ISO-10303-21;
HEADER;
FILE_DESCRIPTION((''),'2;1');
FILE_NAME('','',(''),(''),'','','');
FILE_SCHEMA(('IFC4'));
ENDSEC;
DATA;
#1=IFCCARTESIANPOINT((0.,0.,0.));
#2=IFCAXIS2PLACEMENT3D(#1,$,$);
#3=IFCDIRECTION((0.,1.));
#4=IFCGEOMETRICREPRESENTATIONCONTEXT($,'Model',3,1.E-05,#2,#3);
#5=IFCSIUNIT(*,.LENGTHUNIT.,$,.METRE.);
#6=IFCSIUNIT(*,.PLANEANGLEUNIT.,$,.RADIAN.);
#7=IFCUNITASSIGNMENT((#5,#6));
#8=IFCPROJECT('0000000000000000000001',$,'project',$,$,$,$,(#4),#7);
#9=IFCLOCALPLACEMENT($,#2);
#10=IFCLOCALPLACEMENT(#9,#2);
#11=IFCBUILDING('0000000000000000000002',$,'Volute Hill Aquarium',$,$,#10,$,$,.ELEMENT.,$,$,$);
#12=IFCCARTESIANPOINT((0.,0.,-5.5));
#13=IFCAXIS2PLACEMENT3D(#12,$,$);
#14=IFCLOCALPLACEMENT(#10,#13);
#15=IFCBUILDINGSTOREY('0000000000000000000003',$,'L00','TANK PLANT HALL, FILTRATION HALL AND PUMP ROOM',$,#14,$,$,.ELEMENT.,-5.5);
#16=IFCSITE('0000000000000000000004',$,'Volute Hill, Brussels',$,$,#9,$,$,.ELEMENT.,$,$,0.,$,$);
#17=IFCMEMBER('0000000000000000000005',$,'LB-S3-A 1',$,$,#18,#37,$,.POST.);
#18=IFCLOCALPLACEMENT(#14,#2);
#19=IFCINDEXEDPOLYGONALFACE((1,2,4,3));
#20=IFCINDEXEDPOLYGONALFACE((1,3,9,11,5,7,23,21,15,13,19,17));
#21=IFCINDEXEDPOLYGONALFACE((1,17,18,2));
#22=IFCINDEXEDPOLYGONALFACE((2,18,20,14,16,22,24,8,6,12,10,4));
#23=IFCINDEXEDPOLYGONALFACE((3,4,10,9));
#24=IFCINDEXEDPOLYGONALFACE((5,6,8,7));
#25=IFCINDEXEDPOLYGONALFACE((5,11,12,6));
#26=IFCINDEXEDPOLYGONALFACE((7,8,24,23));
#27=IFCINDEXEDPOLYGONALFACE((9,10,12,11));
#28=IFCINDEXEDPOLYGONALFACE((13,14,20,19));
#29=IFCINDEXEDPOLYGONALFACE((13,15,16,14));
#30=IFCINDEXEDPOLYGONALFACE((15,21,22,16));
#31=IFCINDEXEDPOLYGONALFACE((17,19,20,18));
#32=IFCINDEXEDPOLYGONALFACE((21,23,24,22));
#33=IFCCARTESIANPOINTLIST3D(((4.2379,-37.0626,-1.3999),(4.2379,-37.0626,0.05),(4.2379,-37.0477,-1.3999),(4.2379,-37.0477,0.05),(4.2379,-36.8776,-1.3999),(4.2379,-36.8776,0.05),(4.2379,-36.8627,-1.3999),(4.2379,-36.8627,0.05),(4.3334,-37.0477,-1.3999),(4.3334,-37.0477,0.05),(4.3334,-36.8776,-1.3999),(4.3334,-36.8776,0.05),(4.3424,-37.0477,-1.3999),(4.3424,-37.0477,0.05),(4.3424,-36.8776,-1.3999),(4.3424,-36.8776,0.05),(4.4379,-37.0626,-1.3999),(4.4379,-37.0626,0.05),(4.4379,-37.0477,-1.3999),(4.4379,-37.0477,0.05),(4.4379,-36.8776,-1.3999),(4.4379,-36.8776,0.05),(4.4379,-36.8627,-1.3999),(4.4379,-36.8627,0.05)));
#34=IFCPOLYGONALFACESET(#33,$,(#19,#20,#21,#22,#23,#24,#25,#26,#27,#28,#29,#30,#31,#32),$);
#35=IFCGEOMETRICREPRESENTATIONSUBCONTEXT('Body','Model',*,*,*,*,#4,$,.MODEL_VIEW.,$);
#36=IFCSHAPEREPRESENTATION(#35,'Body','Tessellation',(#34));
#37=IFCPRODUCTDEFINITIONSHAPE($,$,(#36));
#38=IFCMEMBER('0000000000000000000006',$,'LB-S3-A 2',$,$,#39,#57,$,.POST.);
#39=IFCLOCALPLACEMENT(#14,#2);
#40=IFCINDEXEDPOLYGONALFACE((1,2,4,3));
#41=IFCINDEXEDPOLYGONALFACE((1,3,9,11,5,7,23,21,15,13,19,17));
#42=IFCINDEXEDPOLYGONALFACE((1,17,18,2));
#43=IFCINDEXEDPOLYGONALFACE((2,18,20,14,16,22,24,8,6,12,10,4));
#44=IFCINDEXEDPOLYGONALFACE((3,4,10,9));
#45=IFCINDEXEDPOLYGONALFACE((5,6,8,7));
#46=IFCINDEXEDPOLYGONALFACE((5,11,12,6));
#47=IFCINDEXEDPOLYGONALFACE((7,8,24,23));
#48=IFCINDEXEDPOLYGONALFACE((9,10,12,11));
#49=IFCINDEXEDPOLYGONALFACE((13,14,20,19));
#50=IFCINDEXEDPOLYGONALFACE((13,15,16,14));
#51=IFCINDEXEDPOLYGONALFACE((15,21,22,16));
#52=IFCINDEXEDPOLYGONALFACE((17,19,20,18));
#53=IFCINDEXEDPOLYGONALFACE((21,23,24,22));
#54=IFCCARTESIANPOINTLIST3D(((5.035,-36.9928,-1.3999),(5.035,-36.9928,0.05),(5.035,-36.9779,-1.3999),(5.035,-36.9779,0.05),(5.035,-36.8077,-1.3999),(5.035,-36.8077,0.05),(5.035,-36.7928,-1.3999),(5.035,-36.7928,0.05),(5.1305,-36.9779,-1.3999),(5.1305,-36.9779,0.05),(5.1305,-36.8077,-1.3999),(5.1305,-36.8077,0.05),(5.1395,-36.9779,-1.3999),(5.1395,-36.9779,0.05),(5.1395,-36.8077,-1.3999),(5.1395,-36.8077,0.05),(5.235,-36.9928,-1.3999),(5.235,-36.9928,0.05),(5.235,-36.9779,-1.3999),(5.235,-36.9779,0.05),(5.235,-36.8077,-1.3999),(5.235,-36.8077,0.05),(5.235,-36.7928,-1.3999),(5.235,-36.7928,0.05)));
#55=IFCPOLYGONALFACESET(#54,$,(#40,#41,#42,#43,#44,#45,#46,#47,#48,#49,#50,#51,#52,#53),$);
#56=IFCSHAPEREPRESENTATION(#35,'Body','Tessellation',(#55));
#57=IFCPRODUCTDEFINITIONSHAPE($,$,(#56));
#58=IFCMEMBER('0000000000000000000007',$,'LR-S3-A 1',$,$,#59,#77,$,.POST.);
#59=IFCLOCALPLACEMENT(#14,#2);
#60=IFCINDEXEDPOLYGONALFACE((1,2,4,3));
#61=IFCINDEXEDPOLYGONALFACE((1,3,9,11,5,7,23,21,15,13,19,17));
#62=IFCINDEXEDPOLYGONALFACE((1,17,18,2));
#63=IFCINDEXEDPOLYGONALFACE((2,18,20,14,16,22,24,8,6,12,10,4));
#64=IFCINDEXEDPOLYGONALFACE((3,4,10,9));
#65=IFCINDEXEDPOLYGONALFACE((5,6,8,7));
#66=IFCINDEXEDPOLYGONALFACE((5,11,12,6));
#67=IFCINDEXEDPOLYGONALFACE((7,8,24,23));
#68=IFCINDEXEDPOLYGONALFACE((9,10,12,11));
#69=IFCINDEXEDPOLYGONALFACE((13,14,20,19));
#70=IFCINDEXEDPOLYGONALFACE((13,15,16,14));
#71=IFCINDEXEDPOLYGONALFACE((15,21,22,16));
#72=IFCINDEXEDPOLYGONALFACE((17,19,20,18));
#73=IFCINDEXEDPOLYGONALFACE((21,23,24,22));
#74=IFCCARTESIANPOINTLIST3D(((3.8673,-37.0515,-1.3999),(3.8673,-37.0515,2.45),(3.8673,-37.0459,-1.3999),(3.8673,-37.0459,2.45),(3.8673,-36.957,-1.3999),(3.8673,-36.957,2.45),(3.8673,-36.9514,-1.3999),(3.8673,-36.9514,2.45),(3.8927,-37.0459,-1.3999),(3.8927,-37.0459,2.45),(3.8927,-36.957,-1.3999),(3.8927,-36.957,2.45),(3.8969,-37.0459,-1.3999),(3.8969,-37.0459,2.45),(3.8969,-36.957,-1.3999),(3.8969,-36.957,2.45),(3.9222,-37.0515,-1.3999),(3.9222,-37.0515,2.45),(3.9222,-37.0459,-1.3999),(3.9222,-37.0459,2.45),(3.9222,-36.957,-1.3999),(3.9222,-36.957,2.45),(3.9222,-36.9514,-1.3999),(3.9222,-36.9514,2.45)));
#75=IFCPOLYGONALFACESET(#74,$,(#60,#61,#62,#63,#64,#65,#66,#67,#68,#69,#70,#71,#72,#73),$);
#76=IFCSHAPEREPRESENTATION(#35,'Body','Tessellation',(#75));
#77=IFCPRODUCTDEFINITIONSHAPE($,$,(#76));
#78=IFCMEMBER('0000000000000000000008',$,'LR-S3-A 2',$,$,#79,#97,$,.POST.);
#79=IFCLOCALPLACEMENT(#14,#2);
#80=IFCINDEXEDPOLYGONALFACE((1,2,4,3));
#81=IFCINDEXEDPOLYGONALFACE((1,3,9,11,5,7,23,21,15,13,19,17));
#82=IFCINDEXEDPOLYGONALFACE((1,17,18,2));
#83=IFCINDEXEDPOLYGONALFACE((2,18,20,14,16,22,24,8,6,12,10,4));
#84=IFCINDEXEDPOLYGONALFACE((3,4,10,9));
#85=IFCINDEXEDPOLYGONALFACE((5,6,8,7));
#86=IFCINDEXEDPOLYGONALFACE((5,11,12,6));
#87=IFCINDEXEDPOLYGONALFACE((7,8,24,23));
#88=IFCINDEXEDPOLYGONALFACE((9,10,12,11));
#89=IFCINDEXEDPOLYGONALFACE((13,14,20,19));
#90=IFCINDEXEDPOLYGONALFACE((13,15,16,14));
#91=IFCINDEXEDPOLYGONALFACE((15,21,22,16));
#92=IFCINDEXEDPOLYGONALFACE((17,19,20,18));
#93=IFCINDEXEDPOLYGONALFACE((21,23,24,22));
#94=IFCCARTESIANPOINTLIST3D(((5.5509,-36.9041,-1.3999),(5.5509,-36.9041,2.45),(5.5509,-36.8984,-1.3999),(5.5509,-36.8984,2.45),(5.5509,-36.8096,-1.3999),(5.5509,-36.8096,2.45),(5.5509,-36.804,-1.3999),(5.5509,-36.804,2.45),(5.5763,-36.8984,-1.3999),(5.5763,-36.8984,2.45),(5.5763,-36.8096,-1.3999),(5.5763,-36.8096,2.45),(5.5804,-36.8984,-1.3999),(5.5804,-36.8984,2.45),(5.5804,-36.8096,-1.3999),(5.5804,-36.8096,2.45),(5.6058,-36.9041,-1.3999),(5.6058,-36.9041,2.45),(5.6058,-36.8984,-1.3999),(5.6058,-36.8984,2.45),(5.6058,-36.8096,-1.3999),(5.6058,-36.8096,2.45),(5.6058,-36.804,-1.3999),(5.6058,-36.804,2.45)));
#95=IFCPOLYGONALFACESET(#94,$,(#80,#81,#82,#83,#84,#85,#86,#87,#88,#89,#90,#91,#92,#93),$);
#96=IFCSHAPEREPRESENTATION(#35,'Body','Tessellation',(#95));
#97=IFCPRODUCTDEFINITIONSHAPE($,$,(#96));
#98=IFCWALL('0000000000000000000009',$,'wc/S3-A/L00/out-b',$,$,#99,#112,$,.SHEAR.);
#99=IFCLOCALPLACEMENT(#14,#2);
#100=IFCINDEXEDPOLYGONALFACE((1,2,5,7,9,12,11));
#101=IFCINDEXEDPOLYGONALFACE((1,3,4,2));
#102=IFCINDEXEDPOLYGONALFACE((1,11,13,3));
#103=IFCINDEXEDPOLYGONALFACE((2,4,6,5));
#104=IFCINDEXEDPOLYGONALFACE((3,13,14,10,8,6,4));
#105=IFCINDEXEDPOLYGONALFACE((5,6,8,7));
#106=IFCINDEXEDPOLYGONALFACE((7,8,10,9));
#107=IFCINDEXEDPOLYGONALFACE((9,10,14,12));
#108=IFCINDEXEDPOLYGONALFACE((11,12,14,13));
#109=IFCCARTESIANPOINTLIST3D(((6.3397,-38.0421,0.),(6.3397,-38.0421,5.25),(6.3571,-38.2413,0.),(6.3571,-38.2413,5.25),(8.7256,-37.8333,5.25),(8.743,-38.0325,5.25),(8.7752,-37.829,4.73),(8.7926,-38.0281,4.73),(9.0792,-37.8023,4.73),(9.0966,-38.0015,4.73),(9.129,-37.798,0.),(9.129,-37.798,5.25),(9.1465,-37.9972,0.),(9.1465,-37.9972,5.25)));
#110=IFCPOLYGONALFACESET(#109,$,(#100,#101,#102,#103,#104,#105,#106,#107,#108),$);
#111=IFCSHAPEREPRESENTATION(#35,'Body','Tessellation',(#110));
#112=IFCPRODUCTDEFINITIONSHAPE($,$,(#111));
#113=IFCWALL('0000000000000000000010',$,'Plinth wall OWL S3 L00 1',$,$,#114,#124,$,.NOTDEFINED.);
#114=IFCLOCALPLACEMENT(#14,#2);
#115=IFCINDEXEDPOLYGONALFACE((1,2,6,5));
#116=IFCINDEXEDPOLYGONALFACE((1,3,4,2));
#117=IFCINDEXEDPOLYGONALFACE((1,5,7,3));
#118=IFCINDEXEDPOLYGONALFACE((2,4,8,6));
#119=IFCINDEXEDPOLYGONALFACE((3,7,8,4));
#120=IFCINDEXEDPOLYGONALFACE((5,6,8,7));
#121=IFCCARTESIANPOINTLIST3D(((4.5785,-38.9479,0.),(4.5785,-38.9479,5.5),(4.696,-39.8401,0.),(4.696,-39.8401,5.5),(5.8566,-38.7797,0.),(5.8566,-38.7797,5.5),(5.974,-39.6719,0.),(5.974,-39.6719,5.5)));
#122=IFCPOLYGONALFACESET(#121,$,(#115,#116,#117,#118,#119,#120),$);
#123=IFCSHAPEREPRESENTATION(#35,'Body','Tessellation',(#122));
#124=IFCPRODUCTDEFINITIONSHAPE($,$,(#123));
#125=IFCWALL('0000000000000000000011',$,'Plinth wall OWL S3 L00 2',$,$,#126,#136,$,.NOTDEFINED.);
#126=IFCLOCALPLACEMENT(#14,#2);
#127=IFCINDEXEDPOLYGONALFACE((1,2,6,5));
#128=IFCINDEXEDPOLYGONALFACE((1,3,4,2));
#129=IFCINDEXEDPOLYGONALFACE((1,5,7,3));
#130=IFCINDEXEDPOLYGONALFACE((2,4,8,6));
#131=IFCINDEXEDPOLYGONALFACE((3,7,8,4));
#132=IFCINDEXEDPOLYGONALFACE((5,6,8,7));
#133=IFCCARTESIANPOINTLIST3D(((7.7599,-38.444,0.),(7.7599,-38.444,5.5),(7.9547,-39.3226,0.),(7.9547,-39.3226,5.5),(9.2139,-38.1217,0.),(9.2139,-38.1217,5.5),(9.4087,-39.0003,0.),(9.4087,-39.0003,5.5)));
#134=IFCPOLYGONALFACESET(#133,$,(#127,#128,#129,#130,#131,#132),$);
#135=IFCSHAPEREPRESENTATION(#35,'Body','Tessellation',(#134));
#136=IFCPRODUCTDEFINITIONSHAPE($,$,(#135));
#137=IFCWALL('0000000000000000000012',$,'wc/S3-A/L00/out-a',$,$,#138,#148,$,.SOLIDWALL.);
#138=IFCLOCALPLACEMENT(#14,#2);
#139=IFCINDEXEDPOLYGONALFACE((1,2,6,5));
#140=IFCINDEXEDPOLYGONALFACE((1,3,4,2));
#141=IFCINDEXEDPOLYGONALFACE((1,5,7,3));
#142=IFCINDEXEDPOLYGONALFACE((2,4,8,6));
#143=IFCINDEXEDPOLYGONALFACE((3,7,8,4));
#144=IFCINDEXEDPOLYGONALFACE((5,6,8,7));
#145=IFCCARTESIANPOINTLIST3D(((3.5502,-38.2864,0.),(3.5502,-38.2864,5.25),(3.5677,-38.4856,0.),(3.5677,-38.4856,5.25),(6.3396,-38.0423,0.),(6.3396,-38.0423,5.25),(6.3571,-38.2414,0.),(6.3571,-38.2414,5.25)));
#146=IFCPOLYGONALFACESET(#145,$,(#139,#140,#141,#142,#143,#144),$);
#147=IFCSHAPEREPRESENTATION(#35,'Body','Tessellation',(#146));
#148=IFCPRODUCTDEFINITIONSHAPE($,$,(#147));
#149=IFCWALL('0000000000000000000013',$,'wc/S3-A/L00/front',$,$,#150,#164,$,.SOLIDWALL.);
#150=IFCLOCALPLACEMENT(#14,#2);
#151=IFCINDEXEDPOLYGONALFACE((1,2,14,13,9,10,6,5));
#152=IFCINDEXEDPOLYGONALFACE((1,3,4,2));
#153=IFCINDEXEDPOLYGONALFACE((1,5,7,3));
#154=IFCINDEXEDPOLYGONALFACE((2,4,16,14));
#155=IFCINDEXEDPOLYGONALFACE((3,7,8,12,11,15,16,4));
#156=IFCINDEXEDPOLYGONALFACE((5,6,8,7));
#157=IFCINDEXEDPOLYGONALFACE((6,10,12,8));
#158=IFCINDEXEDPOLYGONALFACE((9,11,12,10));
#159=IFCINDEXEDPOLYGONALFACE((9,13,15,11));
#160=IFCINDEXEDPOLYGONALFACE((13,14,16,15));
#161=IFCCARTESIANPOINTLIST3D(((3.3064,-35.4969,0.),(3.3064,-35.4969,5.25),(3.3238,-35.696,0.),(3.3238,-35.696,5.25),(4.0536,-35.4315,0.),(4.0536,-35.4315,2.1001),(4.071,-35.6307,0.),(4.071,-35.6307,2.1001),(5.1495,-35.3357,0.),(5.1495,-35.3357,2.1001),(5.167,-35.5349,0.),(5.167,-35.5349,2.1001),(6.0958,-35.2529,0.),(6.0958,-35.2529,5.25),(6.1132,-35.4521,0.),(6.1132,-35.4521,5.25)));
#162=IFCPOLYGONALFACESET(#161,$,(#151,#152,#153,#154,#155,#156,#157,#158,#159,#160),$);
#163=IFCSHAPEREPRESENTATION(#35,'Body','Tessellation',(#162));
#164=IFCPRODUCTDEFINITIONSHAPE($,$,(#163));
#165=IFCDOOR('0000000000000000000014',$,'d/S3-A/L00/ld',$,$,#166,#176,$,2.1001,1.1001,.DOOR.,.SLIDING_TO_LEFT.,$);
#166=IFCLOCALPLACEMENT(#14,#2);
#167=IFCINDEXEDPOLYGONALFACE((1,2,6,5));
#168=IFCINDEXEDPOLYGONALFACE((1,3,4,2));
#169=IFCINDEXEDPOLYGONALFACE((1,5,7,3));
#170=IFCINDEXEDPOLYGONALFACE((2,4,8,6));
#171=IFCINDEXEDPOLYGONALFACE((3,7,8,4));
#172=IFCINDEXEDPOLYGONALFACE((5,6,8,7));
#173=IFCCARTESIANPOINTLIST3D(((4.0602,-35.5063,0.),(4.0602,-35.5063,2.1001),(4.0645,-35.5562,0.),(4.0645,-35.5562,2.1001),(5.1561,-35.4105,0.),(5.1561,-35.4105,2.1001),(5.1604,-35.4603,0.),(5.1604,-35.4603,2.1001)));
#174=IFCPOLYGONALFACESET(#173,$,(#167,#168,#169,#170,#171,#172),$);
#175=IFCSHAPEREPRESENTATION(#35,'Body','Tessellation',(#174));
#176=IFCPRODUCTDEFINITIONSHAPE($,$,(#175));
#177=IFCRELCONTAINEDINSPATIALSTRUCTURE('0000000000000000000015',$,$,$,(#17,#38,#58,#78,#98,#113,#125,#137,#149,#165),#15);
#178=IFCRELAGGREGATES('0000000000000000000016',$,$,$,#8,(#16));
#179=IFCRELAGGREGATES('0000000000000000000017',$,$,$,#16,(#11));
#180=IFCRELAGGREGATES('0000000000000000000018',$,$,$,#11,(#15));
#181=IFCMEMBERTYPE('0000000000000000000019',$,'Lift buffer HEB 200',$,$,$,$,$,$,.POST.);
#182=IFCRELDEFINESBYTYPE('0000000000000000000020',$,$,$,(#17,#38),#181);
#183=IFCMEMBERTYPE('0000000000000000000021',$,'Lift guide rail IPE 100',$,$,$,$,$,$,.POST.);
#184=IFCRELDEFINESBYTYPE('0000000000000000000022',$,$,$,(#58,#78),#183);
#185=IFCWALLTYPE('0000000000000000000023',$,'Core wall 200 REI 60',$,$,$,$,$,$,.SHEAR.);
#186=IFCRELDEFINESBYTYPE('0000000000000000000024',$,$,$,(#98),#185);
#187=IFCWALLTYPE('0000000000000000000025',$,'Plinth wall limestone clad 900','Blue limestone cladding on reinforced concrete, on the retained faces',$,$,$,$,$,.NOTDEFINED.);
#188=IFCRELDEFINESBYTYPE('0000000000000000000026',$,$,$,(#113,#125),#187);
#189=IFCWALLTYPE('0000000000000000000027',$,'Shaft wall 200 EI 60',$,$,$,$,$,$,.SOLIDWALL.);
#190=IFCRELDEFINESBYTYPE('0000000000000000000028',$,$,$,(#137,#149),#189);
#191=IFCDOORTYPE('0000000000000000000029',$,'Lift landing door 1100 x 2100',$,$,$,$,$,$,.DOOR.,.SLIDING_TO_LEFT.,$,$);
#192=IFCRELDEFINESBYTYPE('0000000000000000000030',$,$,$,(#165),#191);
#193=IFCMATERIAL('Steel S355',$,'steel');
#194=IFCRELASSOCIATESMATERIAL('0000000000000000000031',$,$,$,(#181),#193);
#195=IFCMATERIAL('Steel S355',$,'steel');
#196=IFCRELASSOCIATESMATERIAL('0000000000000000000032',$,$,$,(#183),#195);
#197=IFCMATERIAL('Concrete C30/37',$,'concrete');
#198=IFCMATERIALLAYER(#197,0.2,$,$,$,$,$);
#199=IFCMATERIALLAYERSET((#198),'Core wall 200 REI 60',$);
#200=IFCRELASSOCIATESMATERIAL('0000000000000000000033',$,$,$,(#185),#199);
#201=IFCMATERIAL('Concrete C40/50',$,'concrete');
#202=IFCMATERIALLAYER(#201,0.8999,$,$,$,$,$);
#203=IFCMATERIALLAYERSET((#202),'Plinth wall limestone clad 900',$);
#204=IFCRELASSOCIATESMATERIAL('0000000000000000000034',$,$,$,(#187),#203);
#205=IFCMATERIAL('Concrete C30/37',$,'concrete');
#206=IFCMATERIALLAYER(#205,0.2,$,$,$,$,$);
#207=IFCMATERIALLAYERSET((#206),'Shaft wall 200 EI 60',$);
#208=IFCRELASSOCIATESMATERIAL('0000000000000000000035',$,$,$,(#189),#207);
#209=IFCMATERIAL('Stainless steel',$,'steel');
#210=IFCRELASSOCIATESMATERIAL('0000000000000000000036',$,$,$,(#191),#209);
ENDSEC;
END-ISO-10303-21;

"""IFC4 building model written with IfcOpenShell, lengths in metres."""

from ifc_helpers import new_model, si_unit, direction, frame, frame_2d, origin, origin_2d, place, context, subcontext, project, spatial, polyline, rectangle, i_section, outline, extrude, material, layer, layer_set, material_profile, profile_set, type_object, element, fill, save


model = new_model("IFC4")

# Units and contexts
model_context = context("Model", 3, precision=1e-05, world=origin(), true_north=direction((0.0, 1.0)))
body_context = subcontext(model_context, "Body", "Model", "MODEL_VIEW")
ifc_project = project(units=[si_unit("LENGTHUNIT", "METRE"), si_unit("PLANEANGLEUNIT", "RADIAN")], contexts=[model_context])

# Site, building, storey
site_placement = place(None, origin())
site = spatial("IfcSite", under=ifc_project, at=site_placement, Name="Volute Hill, Brussels", CompositionType="ELEMENT", RefElevation=0.0)
building_placement = place(site_placement, origin())
building = spatial("IfcBuilding", under=site, at=building_placement, Name="Volute Hill Aquarium", CompositionType="ELEMENT")
storey_placement = place(building_placement, frame((0.0, 0.0, -5.5)))
storey = spatial("IfcBuildingStorey", under=building, at=storey_placement, Name="L00", Description="TANK PLANT HALL, FILTRATION HALL AND PUMP ROOM", CompositionType="ELEMENT", Elevation=-5.5)

# Members
ifc_material_1 = material(Name="Steel S355", Category="steel")
ifc_material_profile_1 = material_profile(ifc_material_1, i_section(OverallWidth=0.2, OverallDepth=0.2, WebThickness=0.009, FlangeThickness=0.0149, at=origin_2d()), Name="HEB 200")
ifc_profile_set_1 = profile_set([ifc_material_profile_1], Name="Steel S355")
member_type_1 = type_object("IfcMemberType", Name="Lift buffer HEB 200", PredefinedType="POST", material=ifc_profile_set_1)
for number, where, z_axis, x_axis, name in (
    (1, (4.3379, -36.9626, -1.3999), (0.0, 0.0, 1.0), (1.0, 0.0, 0.0), "LB-S3-A 1"),
    (2, (5.135, -36.8928, -1.3999), (0.0, 0.0, 1.0), (1.0, 0.0, 0.0), "LB-S3-A 2"),
):
    element("IfcMember", number, at=place(storey_placement, frame(where, z_axis=z_axis, x_axis=x_axis)), inside=storey, type_object=member_type_1, Name=name, PredefinedType="POST", context=body_context, shape_type="SweptSolid", body=[
        extrude(i_section(OverallWidth=0.2, OverallDepth=0.2, WebThickness=0.009, FlangeThickness=0.0149, at=origin_2d()), origin(), (0.0, 0.0, 1.0), 1.45),
    ])
ifc_material_2 = material(Name="Steel S355", Category="steel")
ifc_material_profile_2 = material_profile(ifc_material_2, i_section(OverallWidth=0.0549, OverallDepth=0.1001, WebThickness=0.0042, FlangeThickness=0.0056, at=origin_2d()), Name="IPE 100")
ifc_profile_set_2 = profile_set([ifc_material_profile_2], Name="Steel S355")
member_type_2 = type_object("IfcMemberType", Name="Lift guide rail IPE 100", PredefinedType="POST", material=ifc_profile_set_2)
for number, where, z_axis, x_axis, name in (
    (3, (3.8948, -37.0015, -1.3999), (0.0, 0.0, 1.0), (1.0, 0.0, 0.0), "LR-S3-A 1"),
    (4, (5.5784, -36.854, -1.3999), (0.0, 0.0, 1.0), (1.0, 0.0, 0.0), "LR-S3-A 2"),
):
    element("IfcMember", number, at=place(storey_placement, frame(where, z_axis=z_axis, x_axis=x_axis)), inside=storey, type_object=member_type_2, Name=name, PredefinedType="POST", context=body_context, shape_type="SweptSolid", body=[
        extrude(i_section(OverallWidth=0.0549, OverallDepth=0.1001, WebThickness=0.0042, FlangeThickness=0.0056, at=origin_2d()), origin(), (0.0, 0.0, 1.0), 3.8499),
    ])

# Walls
ifc_material_3 = material(Name="Concrete C30/37", Category="concrete")
ifc_layer_1 = layer(ifc_material_3, 0.2)
ifc_layer_set_1 = layer_set([ifc_layer_1], Name="Core wall 200 REI 60")
wall_type_1 = type_object("IfcWallType", Name="Core wall 200 REI 60", PredefinedType="SHEAR", material=ifc_layer_set_1)
wall_1_placement = place(storey_placement, frame((6.3484, -38.1418, 0.0), z_axis=(0.0, 0.0, 1.0), x_axis=(0.996191, 0.087194, 0.0)))
element("IfcWall", 5, at=wall_1_placement, inside=storey, type_object=wall_type_1, Name="wc/S3-A/L00/out-b", PredefinedType="SHEAR", context=body_context, shape_type="SweptSolid", body=[
    extrude(outline(polyline([(0.0, 0.0), (2.8, 0.0), (2.8, 5.25), (2.75, 4.73), (2.4448, 4.73), (2.395, 5.25), (0.0, 5.25), (0.0, 0.0)])), frame((0.0, 0.1001, 0.0), z_axis=(0.0, -1.0, 0.0), x_axis=(1.0, 0.0, 0.0)), (0.0, 0.0, 1.0), 0.2),
])
ifc_material_4 = material(Name="Concrete C40/50", Category="concrete")
ifc_layer_2 = layer(ifc_material_4, 0.8999)
ifc_layer_set_2 = layer_set([ifc_layer_2], Name="Plinth wall limestone clad 900")
wall_type_2 = type_object("IfcWallType", Name="Plinth wall limestone clad 900", Description="Blue limestone cladding on reinforced concrete, on the retained faces", PredefinedType="NOTDEFINED", material=ifc_layer_set_2)
wall_2_placement = place(storey_placement, frame((5.9153, -39.2258, 0.0), z_axis=(0.0, 0.0, 1.0), x_axis=(-0.99145, -0.130489, 0.0)))
element("IfcWall", 6, at=wall_2_placement, inside=storey, type_object=wall_type_2, Name="Plinth wall OWL S3 L00 1", PredefinedType="NOTDEFINED", context=body_context, shape_type="SweptSolid", body=[
    extrude(rectangle(XDim=1.2891, YDim=0.8999, at=frame_2d((0.6445, 0.0))), origin(), (0.0, 0.0, 1.0), 5.5),
])
wall_3_placement = place(storey_placement, frame((9.3113, -38.561, 0.0), z_axis=(0.0, 0.0, 1.0), x_axis=(-0.976303, -0.21641, 0.0)))
element("IfcWall", 7, at=wall_3_placement, inside=storey, type_object=wall_type_2, Name="Plinth wall OWL S3 L00 2", PredefinedType="NOTDEFINED", context=body_context, shape_type="SweptSolid", body=[
    extrude(rectangle(XDim=1.4893, YDim=0.8999, at=frame_2d((0.7446, 0.0))), origin(), (0.0, 0.0, 1.0), 5.5),
])
ifc_material_5 = material(Name="Concrete C30/37", Category="concrete")
ifc_layer_3 = layer(ifc_material_5, 0.2)
ifc_layer_set_3 = layer_set([ifc_layer_3], Name="Shaft wall 200 EI 60")
wall_type_3 = type_object("IfcWallType", Name="Shaft wall 200 EI 60", PredefinedType="SOLIDWALL", material=ifc_layer_set_3)
wall_4_placement = place(storey_placement, frame((3.5591, -38.386, 0.0), z_axis=(0.0, 0.0, 1.0), x_axis=(0.996191, 0.087194, 0.0)))
element("IfcWall", 8, at=wall_4_placement, inside=storey, type_object=wall_type_3, Name="wc/S3-A/L00/out-a", PredefinedType="SOLIDWALL", context=body_context, shape_type="SweptSolid", body=[
    extrude(rectangle(XDim=2.8, YDim=0.2, at=frame_2d((1.3999, 0.0))), origin(), (0.0, 0.0, 1.0), 5.25),
])

# Wall, opening, door
wall_5_placement = place(storey_placement, frame((3.3152, -35.5964, 0.0), z_axis=(0.0, 0.0, 1.0), x_axis=(0.996199, 0.087107, 0.0)))
wall_5 = element("IfcWall", 9, at=wall_5_placement, inside=storey, type_object=wall_type_3, Name="wc/S3-A/L00/front", PredefinedType="SOLIDWALL", context=body_context, shape_type="SweptSolid", body=[
    extrude(rectangle(XDim=2.8, YDim=0.2, at=frame_2d((1.3999, 0.0))), origin(), (0.0, 0.0, 1.0), 5.25),
])
opening_placement = place(wall_5_placement, frame((0.75, 0.0, 0.0)))
opening = element("IfcOpeningElement", 10, at=opening_placement, cuts=wall_5, PredefinedType="OPENING", context=body_context, shape_type="SweptSolid", body=[
    extrude(rectangle(XDim=1.1001, YDim=2.1001, at=frame_2d((0.55, 1.05))), frame((0.0, 0.1099, 0.0), z_axis=(0.0, -1.0, 0.0), x_axis=(1.0, 0.0, 0.0)), (0.0, 0.0, 1.0), 0.22),
])
ifc_material_6 = material(Name="Stainless steel", Category="steel")
door_type = type_object("IfcDoorType", Name="Lift landing door 1100 x 2100", OperationType="SLIDING_TO_LEFT", PredefinedType="DOOR", material=ifc_material_6)
door_placement = place(opening_placement, origin())
door = element("IfcDoor", 11, at=door_placement, inside=storey, type_object=door_type, Name="d/S3-A/L00/ld", OperationType="SLIDING_TO_LEFT", OverallHeight=2.1001, OverallWidth=1.1001, PredefinedType="DOOR", context=body_context, shape_type="SweptSolid", body=[
    extrude(rectangle(XDim=1.1001, YDim=2.1001, at=frame_2d((0.55, 1.05))), frame((0.0, 0.0249, 0.0), z_axis=(0.0, -1.0, 0.0), x_axis=(1.0, 0.0, 0.0)), (0.0, 0.0, 1.0), 0.05),
])
fill(opening, door)

save(model, "model.ifc")
